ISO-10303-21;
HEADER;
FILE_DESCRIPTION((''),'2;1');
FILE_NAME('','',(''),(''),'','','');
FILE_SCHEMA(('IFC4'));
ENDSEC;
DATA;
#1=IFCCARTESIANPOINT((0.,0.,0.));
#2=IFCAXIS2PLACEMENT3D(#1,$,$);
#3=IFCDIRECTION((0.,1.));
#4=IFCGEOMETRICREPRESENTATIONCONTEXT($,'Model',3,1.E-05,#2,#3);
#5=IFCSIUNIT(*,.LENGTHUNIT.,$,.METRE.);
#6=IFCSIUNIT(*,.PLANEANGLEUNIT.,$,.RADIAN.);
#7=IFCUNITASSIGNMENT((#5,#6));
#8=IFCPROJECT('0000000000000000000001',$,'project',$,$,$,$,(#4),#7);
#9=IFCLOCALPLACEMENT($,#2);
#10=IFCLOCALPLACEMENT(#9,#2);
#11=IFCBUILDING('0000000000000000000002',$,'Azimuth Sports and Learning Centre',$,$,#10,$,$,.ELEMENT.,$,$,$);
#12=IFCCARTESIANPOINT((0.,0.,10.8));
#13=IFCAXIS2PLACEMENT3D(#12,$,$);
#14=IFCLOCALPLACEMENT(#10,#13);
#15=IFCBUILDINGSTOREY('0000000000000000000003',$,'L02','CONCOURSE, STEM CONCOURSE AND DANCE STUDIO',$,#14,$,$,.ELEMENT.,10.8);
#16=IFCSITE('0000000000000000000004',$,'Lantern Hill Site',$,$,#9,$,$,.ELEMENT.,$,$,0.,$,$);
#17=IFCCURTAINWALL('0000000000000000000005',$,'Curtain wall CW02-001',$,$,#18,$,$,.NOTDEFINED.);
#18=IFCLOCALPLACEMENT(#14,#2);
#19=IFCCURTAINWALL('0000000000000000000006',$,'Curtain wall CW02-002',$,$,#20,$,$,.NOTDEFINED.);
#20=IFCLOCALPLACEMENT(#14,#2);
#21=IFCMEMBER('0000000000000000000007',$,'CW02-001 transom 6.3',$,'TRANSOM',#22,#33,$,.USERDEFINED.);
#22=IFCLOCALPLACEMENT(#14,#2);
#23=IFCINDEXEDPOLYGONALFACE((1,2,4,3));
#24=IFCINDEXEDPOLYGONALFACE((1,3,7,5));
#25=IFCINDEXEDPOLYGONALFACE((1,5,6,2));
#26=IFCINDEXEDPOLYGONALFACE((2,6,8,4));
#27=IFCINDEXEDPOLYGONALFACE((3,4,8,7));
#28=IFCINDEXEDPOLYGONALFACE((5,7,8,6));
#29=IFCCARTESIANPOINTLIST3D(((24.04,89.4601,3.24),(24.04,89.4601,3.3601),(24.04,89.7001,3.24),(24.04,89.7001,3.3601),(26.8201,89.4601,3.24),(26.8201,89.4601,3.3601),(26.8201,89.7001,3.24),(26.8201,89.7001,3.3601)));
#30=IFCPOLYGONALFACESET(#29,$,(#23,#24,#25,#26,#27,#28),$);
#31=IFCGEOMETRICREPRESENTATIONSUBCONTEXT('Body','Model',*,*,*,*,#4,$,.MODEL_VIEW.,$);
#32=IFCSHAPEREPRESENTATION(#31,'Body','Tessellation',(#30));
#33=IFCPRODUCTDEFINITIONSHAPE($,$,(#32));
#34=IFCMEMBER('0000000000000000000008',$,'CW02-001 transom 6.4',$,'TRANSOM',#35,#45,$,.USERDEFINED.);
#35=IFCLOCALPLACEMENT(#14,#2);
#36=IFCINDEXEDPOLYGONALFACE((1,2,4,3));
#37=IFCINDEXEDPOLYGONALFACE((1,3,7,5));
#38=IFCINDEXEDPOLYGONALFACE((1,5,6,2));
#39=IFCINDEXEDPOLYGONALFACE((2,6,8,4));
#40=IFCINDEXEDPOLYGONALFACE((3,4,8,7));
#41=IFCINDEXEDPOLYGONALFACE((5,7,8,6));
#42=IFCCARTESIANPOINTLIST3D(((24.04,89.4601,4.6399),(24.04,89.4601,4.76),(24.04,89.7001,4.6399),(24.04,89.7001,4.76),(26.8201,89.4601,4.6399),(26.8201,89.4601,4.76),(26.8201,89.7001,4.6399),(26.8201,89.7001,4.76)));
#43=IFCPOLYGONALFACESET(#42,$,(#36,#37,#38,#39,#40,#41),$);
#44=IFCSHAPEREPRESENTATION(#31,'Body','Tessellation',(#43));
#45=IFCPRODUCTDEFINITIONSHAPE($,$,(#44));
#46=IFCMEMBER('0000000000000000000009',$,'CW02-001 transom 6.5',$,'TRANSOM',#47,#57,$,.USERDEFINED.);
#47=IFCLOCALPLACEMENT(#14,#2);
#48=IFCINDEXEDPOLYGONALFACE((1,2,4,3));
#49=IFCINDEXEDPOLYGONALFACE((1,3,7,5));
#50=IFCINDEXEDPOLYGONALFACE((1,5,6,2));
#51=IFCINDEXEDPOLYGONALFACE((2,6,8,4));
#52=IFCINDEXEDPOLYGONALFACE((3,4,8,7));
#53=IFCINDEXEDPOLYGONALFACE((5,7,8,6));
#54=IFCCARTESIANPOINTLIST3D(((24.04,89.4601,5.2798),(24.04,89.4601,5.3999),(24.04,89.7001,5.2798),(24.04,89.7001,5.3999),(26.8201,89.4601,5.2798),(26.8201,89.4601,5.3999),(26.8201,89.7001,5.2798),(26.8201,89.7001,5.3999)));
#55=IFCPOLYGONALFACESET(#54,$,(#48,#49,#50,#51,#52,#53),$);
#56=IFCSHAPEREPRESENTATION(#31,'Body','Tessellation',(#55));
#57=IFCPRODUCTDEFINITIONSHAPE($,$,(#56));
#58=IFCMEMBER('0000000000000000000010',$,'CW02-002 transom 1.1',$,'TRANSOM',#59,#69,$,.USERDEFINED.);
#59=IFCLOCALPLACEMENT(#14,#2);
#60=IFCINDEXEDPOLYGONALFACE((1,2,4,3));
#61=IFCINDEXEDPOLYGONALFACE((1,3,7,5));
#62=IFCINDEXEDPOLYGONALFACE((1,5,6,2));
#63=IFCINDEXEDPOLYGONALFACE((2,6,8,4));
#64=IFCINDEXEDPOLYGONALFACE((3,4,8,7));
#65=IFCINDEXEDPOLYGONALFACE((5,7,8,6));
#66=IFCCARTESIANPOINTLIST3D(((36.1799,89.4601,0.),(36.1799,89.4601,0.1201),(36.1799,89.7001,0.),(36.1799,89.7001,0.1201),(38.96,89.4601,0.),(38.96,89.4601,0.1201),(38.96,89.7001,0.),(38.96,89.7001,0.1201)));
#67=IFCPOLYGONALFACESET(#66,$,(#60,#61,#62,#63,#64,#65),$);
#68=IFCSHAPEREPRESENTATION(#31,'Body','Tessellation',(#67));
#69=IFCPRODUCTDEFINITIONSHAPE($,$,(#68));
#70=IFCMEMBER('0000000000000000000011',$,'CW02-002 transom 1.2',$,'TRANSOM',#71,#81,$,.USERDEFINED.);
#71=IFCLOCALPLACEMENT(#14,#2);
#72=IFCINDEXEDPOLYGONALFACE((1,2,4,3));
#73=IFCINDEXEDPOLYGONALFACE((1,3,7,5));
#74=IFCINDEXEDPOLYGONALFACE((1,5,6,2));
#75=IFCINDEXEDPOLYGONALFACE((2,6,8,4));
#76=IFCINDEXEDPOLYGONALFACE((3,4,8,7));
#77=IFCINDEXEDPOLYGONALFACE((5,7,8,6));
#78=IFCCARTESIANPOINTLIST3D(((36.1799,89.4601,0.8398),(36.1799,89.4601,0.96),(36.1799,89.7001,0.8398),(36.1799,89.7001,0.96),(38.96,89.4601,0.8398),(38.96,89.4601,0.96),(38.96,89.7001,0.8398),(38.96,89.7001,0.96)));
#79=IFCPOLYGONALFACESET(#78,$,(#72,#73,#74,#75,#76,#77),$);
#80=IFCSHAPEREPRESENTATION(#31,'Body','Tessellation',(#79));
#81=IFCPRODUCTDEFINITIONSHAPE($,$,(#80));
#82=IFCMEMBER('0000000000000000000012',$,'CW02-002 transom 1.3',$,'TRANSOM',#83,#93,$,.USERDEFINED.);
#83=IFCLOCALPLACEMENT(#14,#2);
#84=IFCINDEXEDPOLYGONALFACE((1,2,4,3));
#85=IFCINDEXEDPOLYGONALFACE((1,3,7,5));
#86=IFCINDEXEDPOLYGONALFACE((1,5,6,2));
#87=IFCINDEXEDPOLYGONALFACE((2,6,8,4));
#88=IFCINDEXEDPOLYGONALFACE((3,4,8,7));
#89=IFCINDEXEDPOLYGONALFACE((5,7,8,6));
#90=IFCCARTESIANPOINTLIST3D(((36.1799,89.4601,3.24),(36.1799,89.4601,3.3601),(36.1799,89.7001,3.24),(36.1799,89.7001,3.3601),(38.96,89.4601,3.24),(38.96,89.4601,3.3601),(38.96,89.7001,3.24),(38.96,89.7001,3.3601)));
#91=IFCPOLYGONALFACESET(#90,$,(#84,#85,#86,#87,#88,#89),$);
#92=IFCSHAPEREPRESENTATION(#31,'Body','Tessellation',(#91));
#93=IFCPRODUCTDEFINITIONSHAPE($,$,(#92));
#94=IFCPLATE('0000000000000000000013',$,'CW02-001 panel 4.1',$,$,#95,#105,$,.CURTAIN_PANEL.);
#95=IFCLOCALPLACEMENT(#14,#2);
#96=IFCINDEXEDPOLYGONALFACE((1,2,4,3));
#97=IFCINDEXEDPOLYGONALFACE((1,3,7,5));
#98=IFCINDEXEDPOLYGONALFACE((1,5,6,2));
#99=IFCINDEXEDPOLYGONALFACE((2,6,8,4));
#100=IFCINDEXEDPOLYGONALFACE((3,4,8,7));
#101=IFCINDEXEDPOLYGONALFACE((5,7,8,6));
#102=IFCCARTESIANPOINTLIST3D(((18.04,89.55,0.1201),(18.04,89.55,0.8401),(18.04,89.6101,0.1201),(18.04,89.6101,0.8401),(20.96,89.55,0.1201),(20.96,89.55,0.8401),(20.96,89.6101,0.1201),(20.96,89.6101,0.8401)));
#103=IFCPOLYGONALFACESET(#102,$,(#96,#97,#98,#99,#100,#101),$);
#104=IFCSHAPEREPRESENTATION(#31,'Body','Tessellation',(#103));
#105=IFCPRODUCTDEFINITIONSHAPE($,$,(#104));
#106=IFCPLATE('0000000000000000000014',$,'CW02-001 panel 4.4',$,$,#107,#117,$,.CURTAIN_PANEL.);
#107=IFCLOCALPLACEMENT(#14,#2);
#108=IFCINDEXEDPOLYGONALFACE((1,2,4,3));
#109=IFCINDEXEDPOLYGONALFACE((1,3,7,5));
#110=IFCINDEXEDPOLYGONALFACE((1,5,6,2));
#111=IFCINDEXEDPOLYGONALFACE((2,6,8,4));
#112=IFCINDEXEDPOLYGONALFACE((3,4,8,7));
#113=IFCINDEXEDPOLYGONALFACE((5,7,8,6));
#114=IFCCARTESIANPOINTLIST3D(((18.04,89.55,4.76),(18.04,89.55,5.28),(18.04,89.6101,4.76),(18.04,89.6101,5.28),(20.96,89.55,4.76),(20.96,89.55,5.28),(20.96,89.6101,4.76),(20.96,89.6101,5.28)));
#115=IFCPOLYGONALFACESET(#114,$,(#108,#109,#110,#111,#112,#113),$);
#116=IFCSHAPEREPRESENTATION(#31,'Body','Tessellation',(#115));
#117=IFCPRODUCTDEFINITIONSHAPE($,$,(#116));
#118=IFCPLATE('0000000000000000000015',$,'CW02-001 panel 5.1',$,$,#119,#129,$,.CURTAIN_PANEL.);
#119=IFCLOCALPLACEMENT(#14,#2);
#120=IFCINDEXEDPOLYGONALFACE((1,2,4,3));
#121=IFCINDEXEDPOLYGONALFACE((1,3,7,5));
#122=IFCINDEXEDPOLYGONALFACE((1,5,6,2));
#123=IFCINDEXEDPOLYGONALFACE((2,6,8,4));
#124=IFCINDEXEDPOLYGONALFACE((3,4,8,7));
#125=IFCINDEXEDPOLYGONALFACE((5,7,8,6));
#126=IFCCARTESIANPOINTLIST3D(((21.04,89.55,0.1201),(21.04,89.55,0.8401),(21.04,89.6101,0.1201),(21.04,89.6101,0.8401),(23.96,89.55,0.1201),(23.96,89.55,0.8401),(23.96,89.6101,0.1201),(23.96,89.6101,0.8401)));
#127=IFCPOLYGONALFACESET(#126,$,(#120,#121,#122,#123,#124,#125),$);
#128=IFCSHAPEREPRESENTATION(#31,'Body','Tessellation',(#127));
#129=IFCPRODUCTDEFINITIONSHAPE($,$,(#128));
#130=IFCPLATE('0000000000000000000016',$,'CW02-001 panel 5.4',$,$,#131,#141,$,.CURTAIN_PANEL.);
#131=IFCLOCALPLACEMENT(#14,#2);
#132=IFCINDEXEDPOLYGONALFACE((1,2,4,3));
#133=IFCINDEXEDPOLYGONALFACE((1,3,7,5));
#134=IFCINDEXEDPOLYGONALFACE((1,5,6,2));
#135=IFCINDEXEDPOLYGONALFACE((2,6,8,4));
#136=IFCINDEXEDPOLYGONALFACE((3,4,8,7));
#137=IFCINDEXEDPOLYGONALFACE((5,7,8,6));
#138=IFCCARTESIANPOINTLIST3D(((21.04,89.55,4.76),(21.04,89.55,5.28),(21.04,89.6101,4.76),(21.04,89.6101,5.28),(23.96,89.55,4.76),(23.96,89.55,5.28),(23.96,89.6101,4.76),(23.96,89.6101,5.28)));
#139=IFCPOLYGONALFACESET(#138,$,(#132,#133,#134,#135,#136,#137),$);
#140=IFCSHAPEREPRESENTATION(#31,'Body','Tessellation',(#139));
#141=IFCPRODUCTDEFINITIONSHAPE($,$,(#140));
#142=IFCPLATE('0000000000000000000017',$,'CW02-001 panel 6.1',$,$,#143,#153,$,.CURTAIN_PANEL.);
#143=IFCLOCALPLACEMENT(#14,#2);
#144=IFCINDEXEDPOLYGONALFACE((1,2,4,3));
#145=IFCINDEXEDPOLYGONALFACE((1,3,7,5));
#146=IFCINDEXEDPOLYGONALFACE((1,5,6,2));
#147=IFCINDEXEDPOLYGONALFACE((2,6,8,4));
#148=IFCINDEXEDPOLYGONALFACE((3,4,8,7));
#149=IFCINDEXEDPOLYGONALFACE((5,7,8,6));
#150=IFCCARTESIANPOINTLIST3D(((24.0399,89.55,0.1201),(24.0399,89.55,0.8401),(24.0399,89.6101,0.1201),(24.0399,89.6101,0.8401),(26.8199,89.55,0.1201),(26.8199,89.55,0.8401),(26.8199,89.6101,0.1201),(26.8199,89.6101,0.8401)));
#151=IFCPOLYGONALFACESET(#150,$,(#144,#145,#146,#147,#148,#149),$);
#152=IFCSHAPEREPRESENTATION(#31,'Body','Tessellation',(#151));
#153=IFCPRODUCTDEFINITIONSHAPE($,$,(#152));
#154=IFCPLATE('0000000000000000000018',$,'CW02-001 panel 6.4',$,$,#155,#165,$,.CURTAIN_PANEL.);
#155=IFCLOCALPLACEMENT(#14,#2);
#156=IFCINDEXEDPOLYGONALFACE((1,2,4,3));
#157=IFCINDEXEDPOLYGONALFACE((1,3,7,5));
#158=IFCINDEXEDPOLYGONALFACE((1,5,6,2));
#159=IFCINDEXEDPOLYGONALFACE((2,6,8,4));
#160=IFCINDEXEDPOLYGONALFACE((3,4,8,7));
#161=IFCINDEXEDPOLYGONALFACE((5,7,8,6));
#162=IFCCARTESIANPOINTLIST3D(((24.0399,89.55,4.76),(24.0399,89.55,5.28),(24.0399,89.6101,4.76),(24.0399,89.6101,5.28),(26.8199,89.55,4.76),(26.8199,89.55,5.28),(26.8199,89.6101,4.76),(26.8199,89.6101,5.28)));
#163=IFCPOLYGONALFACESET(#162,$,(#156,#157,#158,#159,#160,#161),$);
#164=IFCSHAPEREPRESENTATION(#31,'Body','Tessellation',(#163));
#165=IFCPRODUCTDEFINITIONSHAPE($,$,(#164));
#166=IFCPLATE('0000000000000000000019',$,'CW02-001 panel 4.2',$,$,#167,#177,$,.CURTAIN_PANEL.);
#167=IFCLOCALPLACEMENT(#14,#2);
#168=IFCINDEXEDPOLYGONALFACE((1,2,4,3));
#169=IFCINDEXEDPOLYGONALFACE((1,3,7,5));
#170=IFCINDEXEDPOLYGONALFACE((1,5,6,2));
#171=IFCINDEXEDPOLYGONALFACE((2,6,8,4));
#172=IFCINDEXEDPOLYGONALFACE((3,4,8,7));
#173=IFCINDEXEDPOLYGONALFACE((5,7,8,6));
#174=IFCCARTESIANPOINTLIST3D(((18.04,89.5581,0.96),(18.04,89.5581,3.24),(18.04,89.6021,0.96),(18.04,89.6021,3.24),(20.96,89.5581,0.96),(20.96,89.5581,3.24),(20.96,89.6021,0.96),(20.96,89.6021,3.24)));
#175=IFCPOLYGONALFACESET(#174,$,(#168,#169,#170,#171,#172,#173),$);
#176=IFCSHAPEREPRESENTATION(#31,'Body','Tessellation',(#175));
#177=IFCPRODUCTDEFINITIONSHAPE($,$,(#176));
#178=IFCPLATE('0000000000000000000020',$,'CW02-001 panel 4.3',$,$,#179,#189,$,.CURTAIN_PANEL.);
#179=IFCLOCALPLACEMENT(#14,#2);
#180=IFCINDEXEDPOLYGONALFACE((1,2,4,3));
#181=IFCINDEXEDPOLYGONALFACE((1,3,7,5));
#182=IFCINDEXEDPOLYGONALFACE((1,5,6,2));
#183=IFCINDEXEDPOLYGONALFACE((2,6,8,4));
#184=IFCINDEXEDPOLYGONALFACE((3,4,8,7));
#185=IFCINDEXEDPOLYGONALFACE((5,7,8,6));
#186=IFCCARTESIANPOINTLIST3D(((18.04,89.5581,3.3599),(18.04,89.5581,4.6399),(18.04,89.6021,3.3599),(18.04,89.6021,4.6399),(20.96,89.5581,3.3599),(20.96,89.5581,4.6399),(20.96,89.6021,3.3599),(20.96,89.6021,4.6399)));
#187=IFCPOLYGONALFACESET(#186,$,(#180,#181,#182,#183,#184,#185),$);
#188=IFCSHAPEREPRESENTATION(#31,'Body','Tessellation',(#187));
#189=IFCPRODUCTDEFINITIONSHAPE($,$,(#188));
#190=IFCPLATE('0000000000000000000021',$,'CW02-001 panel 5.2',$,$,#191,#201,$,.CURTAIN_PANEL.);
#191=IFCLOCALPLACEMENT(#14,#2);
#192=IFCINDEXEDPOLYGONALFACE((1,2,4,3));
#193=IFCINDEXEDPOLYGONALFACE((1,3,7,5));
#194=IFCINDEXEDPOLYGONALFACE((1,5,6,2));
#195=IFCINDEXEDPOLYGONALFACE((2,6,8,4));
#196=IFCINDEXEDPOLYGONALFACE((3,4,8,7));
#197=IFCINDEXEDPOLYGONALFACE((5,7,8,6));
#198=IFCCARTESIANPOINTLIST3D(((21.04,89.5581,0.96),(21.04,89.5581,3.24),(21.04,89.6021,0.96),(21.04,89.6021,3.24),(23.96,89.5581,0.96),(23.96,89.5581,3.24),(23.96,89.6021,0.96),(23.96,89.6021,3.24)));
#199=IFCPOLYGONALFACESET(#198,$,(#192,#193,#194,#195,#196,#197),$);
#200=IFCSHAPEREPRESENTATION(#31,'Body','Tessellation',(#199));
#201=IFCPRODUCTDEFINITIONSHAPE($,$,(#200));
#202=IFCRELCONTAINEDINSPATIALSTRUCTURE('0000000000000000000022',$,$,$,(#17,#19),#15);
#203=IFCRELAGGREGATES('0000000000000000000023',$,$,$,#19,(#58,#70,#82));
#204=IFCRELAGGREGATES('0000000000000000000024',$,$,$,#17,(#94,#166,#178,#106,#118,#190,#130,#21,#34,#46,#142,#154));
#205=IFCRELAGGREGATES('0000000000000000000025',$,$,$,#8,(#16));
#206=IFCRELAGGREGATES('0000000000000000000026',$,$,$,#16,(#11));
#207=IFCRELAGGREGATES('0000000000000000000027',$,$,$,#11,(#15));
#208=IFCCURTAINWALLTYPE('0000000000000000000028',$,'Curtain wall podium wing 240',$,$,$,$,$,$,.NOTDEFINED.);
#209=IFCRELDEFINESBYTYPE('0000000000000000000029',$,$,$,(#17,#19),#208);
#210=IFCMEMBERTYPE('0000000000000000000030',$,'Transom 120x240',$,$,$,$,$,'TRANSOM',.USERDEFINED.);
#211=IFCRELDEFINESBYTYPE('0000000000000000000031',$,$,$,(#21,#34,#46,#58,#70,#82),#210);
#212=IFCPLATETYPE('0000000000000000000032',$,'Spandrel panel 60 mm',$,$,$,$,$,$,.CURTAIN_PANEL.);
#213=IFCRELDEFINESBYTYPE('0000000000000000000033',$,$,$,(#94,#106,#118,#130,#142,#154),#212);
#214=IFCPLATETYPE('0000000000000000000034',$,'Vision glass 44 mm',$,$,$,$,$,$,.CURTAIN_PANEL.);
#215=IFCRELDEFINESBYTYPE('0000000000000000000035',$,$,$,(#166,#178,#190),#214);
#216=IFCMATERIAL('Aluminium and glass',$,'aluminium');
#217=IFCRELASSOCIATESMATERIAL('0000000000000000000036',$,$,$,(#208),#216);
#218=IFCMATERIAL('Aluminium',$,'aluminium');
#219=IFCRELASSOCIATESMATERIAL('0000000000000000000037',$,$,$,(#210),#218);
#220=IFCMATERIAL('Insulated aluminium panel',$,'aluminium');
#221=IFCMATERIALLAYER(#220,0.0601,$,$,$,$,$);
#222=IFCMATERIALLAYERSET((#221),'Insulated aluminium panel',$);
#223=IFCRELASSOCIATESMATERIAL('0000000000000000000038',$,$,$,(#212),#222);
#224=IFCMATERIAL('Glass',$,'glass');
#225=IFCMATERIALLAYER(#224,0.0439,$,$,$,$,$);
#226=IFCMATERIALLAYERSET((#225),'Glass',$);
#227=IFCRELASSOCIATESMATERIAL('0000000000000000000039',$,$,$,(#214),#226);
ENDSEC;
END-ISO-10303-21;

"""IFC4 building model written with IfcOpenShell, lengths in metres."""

from ifc_helpers import new_model, si_unit, direction, frame, origin, origin_2d, place, context, subcontext, project, spatial, rectangle, extrude, material, layer, layer_set, material_profile, profile_set, type_object, element, aggregate, save


model = new_model("IFC4")

# Units and contexts
model_context = context("Model", 3, precision=1e-05, world=origin(), true_north=direction((0.0, 1.0)))
body_context = subcontext(model_context, "Body", "Model", "MODEL_VIEW")
ifc_project = project(units=[si_unit("LENGTHUNIT", "METRE"), si_unit("PLANEANGLEUNIT", "RADIAN")], contexts=[model_context])

# Site, building, storey
site_placement = place(None, origin())
site = spatial("IfcSite", under=ifc_project, at=site_placement, Name="Lantern Hill Site", CompositionType="ELEMENT", RefElevation=0.0)
building_placement = place(site_placement, origin())
building = spatial("IfcBuilding", under=site, at=building_placement, Name="Azimuth Sports and Learning Centre", CompositionType="ELEMENT")
storey_placement = place(building_placement, frame((0.0, 0.0, 10.8)))
storey = spatial("IfcBuildingStorey", under=building, at=storey_placement, Name="L02", Description="CONCOURSE, STEM CONCOURSE AND DANCE STUDIO", CompositionType="ELEMENT", Elevation=10.8)

# Curtain wall
ifc_material_1 = material(Name="Aluminium and glass", Category="aluminium")
curtain_wall_type = type_object("IfcCurtainWallType", Name="Curtain wall podium wing 240", PredefinedType="NOTDEFINED", material=ifc_material_1)
curtain_wall_1_placement = place(storey_placement, origin())
curtain_wall_1 = element("IfcCurtainWall", 1, at=curtain_wall_1_placement, inside=storey, type_object=curtain_wall_type, Name="Curtain wall CW02-001", PredefinedType="NOTDEFINED")

# Curtain wall
curtain_wall_2_placement = place(storey_placement, origin())
curtain_wall_2 = element("IfcCurtainWall", 2, at=curtain_wall_2_placement, inside=storey, type_object=curtain_wall_type, Name="Curtain wall CW02-002", PredefinedType="NOTDEFINED")

# Members
ifc_material_2 = material(Name="Aluminium", Category="aluminium")
ifc_material_profile_1 = material_profile(ifc_material_2, rectangle(XDim=0.24, YDim=0.1201, at=origin_2d()), Name="Transom 120x240")
ifc_profile_set_1 = profile_set([ifc_material_profile_1], Name="Aluminium")
member_type_1 = type_object("IfcMemberType", Name="Transom 120x240", ElementType="TRANSOM", PredefinedType="USERDEFINED", material=ifc_profile_set_1)
member_1_placement = place(storey_placement, frame((24.04, 89.5801, 3.3), z_axis=(1.0, 0.0, 0.0), x_axis=(0.0, 1.0, 0.0)))
member_1 = element("IfcMember", 3, at=member_1_placement, type_object=member_type_1, Name="CW02-001 transom 6.3", ObjectType="TRANSOM", PredefinedType="USERDEFINED", context=body_context, shape_type="SweptSolid", body=[
    extrude(rectangle(XDim=0.24, YDim=0.1201, at=origin_2d()), origin(), (0.0, 0.0, 1.0), 2.78),
])
member_2_placement = place(storey_placement, frame((24.04, 89.5801, 4.7), z_axis=(1.0, 0.0, 0.0), x_axis=(0.0, 1.0, 0.0)))
member_2 = element("IfcMember", 4, at=member_2_placement, type_object=member_type_1, Name="CW02-001 transom 6.4", ObjectType="TRANSOM", PredefinedType="USERDEFINED", context=body_context, shape_type="SweptSolid", body=[
    extrude(rectangle(XDim=0.24, YDim=0.1201, at=origin_2d()), origin(), (0.0, 0.0, 1.0), 2.78),
])
member_3_placement = place(storey_placement, frame((24.04, 89.5801, 5.3398), z_axis=(1.0, 0.0, 0.0), x_axis=(0.0, 1.0, 0.0)))
member_3 = element("IfcMember", 5, at=member_3_placement, type_object=member_type_1, Name="CW02-001 transom 6.5", ObjectType="TRANSOM", PredefinedType="USERDEFINED", context=body_context, shape_type="SweptSolid", body=[
    extrude(rectangle(XDim=0.24, YDim=0.1201, at=origin_2d()), origin(), (0.0, 0.0, 1.0), 2.78),
])
member_4_placement = place(storey_placement, frame((36.1799, 89.5801, 0.0601), z_axis=(1.0, 0.0, 0.0), x_axis=(0.0, 1.0, 0.0)))
member_4 = element("IfcMember", 6, at=member_4_placement, type_object=member_type_1, Name="CW02-002 transom 1.1", ObjectType="TRANSOM", PredefinedType="USERDEFINED", context=body_context, shape_type="SweptSolid", body=[
    extrude(rectangle(XDim=0.24, YDim=0.1201, at=origin_2d()), origin(), (0.0, 0.0, 1.0), 2.78),
])
member_5_placement = place(storey_placement, frame((36.1799, 89.5801, 0.8999), z_axis=(1.0, 0.0, 0.0), x_axis=(0.0, 1.0, 0.0)))
member_5 = element("IfcMember", 7, at=member_5_placement, type_object=member_type_1, Name="CW02-002 transom 1.2", ObjectType="TRANSOM", PredefinedType="USERDEFINED", context=body_context, shape_type="SweptSolid", body=[
    extrude(rectangle(XDim=0.24, YDim=0.1201, at=origin_2d()), origin(), (0.0, 0.0, 1.0), 2.78),
])
member_6_placement = place(storey_placement, frame((36.1799, 89.5801, 3.3), z_axis=(1.0, 0.0, 0.0), x_axis=(0.0, 1.0, 0.0)))
member_6 = element("IfcMember", 8, at=member_6_placement, type_object=member_type_1, Name="CW02-002 transom 1.3", ObjectType="TRANSOM", PredefinedType="USERDEFINED", context=body_context, shape_type="SweptSolid", body=[
    extrude(rectangle(XDim=0.24, YDim=0.1201, at=origin_2d()), origin(), (0.0, 0.0, 1.0), 2.78),
])
aggregate(curtain_wall_2, [member_4, member_5, member_6])

# Plates
ifc_material_3 = material(Name="Insulated aluminium panel", Category="aluminium")
ifc_layer_1 = layer(ifc_material_3, 0.0601)
ifc_layer_set_1 = layer_set([ifc_layer_1], Name="Insulated aluminium panel")
plate_type_1 = type_object("IfcPlateType", Name="Spandrel panel 60 mm", PredefinedType="CURTAIN_PANEL", material=ifc_layer_set_1)
plate_1_placement = place(storey_placement, frame((19.5, 89.5801, 0.1201), z_axis=(0.0, 0.0, 1.0), x_axis=(1.0, 0.0, 0.0)))
plate_1 = element("IfcPlate", 9, at=plate_1_placement, type_object=plate_type_1, Name="CW02-001 panel 4.1", PredefinedType="CURTAIN_PANEL", context=body_context, shape_type="SweptSolid", body=[
    extrude(rectangle(XDim=2.9199, YDim=0.0601, at=origin_2d()), origin(), (0.0, 0.0, 1.0), 0.72),
])
plate_2_placement = place(storey_placement, frame((19.5, 89.5801, 4.76), z_axis=(0.0, 0.0, 1.0), x_axis=(1.0, 0.0, 0.0)))
plate_2 = element("IfcPlate", 10, at=plate_2_placement, type_object=plate_type_1, Name="CW02-001 panel 4.4", PredefinedType="CURTAIN_PANEL", context=body_context, shape_type="SweptSolid", body=[
    extrude(rectangle(XDim=2.9199, YDim=0.0601, at=origin_2d()), origin(), (0.0, 0.0, 1.0), 0.52),
])
plate_3_placement = place(storey_placement, frame((22.5, 89.5801, 0.1201), z_axis=(0.0, 0.0, 1.0), x_axis=(1.0, 0.0, 0.0)))
plate_3 = element("IfcPlate", 11, at=plate_3_placement, type_object=plate_type_1, Name="CW02-001 panel 5.1", PredefinedType="CURTAIN_PANEL", context=body_context, shape_type="SweptSolid", body=[
    extrude(rectangle(XDim=2.9199, YDim=0.0601, at=origin_2d()), origin(), (0.0, 0.0, 1.0), 0.72),
])
plate_4_placement = place(storey_placement, frame((22.5, 89.5801, 4.76), z_axis=(0.0, 0.0, 1.0), x_axis=(1.0, 0.0, 0.0)))
plate_4 = element("IfcPlate", 12, at=plate_4_placement, type_object=plate_type_1, Name="CW02-001 panel 5.4", PredefinedType="CURTAIN_PANEL", context=body_context, shape_type="SweptSolid", body=[
    extrude(rectangle(XDim=2.9199, YDim=0.0601, at=origin_2d()), origin(), (0.0, 0.0, 1.0), 0.52),
])
plate_5_placement = place(storey_placement, frame((25.4299, 89.5801, 0.1201), z_axis=(0.0, 0.0, 1.0), x_axis=(1.0, 0.0, 0.0)))
plate_5 = element("IfcPlate", 13, at=plate_5_placement, type_object=plate_type_1, Name="CW02-001 panel 6.1", PredefinedType="CURTAIN_PANEL", context=body_context, shape_type="SweptSolid", body=[
    extrude(rectangle(XDim=2.78, YDim=0.0601, at=origin_2d()), origin(), (0.0, 0.0, 1.0), 0.72),
])
plate_6_placement = place(storey_placement, frame((25.4299, 89.5801, 4.76), z_axis=(0.0, 0.0, 1.0), x_axis=(1.0, 0.0, 0.0)))
plate_6 = element("IfcPlate", 14, at=plate_6_placement, type_object=plate_type_1, Name="CW02-001 panel 6.4", PredefinedType="CURTAIN_PANEL", context=body_context, shape_type="SweptSolid", body=[
    extrude(rectangle(XDim=2.78, YDim=0.0601, at=origin_2d()), origin(), (0.0, 0.0, 1.0), 0.52),
])
ifc_material_4 = material(Name="Glass", Category="glass")
ifc_layer_2 = layer(ifc_material_4, 0.0439)
ifc_layer_set_2 = layer_set([ifc_layer_2], Name="Glass")
plate_type_2 = type_object("IfcPlateType", Name="Vision glass 44 mm", PredefinedType="CURTAIN_PANEL", material=ifc_layer_set_2)
plate_7_placement = place(storey_placement, frame((19.5, 89.5801, 0.96), z_axis=(0.0, 0.0, 1.0), x_axis=(1.0, 0.0, 0.0)))
plate_7 = element("IfcPlate", 15, at=plate_7_placement, type_object=plate_type_2, Name="CW02-001 panel 4.2", PredefinedType="CURTAIN_PANEL", context=body_context, shape_type="SweptSolid", body=[
    extrude(rectangle(XDim=2.9199, YDim=0.0439, at=origin_2d()), origin(), (0.0, 0.0, 1.0), 2.28),
])
plate_8_placement = place(storey_placement, frame((19.5, 89.5801, 3.3599), z_axis=(0.0, 0.0, 1.0), x_axis=(1.0, 0.0, 0.0)))
plate_8 = element("IfcPlate", 16, at=plate_8_placement, type_object=plate_type_2, Name="CW02-001 panel 4.3", PredefinedType="CURTAIN_PANEL", context=body_context, shape_type="SweptSolid", body=[
    extrude(rectangle(XDim=2.9199, YDim=0.0439, at=origin_2d()), origin(), (0.0, 0.0, 1.0), 1.28),
])
plate_9_placement = place(storey_placement, frame((22.5, 89.5801, 0.96), z_axis=(0.0, 0.0, 1.0), x_axis=(1.0, 0.0, 0.0)))
plate_9 = element("IfcPlate", 17, at=plate_9_placement, type_object=plate_type_2, Name="CW02-001 panel 5.2", PredefinedType="CURTAIN_PANEL", context=body_context, shape_type="SweptSolid", body=[
    extrude(rectangle(XDim=2.9199, YDim=0.0439, at=origin_2d()), origin(), (0.0, 0.0, 1.0), 2.28),
])
aggregate(curtain_wall_1, [plate_1, plate_7, plate_8, plate_2, plate_3, plate_9, plate_4, member_1, member_2, member_3, plate_5, plate_6])

save(model, "model.ifc")
